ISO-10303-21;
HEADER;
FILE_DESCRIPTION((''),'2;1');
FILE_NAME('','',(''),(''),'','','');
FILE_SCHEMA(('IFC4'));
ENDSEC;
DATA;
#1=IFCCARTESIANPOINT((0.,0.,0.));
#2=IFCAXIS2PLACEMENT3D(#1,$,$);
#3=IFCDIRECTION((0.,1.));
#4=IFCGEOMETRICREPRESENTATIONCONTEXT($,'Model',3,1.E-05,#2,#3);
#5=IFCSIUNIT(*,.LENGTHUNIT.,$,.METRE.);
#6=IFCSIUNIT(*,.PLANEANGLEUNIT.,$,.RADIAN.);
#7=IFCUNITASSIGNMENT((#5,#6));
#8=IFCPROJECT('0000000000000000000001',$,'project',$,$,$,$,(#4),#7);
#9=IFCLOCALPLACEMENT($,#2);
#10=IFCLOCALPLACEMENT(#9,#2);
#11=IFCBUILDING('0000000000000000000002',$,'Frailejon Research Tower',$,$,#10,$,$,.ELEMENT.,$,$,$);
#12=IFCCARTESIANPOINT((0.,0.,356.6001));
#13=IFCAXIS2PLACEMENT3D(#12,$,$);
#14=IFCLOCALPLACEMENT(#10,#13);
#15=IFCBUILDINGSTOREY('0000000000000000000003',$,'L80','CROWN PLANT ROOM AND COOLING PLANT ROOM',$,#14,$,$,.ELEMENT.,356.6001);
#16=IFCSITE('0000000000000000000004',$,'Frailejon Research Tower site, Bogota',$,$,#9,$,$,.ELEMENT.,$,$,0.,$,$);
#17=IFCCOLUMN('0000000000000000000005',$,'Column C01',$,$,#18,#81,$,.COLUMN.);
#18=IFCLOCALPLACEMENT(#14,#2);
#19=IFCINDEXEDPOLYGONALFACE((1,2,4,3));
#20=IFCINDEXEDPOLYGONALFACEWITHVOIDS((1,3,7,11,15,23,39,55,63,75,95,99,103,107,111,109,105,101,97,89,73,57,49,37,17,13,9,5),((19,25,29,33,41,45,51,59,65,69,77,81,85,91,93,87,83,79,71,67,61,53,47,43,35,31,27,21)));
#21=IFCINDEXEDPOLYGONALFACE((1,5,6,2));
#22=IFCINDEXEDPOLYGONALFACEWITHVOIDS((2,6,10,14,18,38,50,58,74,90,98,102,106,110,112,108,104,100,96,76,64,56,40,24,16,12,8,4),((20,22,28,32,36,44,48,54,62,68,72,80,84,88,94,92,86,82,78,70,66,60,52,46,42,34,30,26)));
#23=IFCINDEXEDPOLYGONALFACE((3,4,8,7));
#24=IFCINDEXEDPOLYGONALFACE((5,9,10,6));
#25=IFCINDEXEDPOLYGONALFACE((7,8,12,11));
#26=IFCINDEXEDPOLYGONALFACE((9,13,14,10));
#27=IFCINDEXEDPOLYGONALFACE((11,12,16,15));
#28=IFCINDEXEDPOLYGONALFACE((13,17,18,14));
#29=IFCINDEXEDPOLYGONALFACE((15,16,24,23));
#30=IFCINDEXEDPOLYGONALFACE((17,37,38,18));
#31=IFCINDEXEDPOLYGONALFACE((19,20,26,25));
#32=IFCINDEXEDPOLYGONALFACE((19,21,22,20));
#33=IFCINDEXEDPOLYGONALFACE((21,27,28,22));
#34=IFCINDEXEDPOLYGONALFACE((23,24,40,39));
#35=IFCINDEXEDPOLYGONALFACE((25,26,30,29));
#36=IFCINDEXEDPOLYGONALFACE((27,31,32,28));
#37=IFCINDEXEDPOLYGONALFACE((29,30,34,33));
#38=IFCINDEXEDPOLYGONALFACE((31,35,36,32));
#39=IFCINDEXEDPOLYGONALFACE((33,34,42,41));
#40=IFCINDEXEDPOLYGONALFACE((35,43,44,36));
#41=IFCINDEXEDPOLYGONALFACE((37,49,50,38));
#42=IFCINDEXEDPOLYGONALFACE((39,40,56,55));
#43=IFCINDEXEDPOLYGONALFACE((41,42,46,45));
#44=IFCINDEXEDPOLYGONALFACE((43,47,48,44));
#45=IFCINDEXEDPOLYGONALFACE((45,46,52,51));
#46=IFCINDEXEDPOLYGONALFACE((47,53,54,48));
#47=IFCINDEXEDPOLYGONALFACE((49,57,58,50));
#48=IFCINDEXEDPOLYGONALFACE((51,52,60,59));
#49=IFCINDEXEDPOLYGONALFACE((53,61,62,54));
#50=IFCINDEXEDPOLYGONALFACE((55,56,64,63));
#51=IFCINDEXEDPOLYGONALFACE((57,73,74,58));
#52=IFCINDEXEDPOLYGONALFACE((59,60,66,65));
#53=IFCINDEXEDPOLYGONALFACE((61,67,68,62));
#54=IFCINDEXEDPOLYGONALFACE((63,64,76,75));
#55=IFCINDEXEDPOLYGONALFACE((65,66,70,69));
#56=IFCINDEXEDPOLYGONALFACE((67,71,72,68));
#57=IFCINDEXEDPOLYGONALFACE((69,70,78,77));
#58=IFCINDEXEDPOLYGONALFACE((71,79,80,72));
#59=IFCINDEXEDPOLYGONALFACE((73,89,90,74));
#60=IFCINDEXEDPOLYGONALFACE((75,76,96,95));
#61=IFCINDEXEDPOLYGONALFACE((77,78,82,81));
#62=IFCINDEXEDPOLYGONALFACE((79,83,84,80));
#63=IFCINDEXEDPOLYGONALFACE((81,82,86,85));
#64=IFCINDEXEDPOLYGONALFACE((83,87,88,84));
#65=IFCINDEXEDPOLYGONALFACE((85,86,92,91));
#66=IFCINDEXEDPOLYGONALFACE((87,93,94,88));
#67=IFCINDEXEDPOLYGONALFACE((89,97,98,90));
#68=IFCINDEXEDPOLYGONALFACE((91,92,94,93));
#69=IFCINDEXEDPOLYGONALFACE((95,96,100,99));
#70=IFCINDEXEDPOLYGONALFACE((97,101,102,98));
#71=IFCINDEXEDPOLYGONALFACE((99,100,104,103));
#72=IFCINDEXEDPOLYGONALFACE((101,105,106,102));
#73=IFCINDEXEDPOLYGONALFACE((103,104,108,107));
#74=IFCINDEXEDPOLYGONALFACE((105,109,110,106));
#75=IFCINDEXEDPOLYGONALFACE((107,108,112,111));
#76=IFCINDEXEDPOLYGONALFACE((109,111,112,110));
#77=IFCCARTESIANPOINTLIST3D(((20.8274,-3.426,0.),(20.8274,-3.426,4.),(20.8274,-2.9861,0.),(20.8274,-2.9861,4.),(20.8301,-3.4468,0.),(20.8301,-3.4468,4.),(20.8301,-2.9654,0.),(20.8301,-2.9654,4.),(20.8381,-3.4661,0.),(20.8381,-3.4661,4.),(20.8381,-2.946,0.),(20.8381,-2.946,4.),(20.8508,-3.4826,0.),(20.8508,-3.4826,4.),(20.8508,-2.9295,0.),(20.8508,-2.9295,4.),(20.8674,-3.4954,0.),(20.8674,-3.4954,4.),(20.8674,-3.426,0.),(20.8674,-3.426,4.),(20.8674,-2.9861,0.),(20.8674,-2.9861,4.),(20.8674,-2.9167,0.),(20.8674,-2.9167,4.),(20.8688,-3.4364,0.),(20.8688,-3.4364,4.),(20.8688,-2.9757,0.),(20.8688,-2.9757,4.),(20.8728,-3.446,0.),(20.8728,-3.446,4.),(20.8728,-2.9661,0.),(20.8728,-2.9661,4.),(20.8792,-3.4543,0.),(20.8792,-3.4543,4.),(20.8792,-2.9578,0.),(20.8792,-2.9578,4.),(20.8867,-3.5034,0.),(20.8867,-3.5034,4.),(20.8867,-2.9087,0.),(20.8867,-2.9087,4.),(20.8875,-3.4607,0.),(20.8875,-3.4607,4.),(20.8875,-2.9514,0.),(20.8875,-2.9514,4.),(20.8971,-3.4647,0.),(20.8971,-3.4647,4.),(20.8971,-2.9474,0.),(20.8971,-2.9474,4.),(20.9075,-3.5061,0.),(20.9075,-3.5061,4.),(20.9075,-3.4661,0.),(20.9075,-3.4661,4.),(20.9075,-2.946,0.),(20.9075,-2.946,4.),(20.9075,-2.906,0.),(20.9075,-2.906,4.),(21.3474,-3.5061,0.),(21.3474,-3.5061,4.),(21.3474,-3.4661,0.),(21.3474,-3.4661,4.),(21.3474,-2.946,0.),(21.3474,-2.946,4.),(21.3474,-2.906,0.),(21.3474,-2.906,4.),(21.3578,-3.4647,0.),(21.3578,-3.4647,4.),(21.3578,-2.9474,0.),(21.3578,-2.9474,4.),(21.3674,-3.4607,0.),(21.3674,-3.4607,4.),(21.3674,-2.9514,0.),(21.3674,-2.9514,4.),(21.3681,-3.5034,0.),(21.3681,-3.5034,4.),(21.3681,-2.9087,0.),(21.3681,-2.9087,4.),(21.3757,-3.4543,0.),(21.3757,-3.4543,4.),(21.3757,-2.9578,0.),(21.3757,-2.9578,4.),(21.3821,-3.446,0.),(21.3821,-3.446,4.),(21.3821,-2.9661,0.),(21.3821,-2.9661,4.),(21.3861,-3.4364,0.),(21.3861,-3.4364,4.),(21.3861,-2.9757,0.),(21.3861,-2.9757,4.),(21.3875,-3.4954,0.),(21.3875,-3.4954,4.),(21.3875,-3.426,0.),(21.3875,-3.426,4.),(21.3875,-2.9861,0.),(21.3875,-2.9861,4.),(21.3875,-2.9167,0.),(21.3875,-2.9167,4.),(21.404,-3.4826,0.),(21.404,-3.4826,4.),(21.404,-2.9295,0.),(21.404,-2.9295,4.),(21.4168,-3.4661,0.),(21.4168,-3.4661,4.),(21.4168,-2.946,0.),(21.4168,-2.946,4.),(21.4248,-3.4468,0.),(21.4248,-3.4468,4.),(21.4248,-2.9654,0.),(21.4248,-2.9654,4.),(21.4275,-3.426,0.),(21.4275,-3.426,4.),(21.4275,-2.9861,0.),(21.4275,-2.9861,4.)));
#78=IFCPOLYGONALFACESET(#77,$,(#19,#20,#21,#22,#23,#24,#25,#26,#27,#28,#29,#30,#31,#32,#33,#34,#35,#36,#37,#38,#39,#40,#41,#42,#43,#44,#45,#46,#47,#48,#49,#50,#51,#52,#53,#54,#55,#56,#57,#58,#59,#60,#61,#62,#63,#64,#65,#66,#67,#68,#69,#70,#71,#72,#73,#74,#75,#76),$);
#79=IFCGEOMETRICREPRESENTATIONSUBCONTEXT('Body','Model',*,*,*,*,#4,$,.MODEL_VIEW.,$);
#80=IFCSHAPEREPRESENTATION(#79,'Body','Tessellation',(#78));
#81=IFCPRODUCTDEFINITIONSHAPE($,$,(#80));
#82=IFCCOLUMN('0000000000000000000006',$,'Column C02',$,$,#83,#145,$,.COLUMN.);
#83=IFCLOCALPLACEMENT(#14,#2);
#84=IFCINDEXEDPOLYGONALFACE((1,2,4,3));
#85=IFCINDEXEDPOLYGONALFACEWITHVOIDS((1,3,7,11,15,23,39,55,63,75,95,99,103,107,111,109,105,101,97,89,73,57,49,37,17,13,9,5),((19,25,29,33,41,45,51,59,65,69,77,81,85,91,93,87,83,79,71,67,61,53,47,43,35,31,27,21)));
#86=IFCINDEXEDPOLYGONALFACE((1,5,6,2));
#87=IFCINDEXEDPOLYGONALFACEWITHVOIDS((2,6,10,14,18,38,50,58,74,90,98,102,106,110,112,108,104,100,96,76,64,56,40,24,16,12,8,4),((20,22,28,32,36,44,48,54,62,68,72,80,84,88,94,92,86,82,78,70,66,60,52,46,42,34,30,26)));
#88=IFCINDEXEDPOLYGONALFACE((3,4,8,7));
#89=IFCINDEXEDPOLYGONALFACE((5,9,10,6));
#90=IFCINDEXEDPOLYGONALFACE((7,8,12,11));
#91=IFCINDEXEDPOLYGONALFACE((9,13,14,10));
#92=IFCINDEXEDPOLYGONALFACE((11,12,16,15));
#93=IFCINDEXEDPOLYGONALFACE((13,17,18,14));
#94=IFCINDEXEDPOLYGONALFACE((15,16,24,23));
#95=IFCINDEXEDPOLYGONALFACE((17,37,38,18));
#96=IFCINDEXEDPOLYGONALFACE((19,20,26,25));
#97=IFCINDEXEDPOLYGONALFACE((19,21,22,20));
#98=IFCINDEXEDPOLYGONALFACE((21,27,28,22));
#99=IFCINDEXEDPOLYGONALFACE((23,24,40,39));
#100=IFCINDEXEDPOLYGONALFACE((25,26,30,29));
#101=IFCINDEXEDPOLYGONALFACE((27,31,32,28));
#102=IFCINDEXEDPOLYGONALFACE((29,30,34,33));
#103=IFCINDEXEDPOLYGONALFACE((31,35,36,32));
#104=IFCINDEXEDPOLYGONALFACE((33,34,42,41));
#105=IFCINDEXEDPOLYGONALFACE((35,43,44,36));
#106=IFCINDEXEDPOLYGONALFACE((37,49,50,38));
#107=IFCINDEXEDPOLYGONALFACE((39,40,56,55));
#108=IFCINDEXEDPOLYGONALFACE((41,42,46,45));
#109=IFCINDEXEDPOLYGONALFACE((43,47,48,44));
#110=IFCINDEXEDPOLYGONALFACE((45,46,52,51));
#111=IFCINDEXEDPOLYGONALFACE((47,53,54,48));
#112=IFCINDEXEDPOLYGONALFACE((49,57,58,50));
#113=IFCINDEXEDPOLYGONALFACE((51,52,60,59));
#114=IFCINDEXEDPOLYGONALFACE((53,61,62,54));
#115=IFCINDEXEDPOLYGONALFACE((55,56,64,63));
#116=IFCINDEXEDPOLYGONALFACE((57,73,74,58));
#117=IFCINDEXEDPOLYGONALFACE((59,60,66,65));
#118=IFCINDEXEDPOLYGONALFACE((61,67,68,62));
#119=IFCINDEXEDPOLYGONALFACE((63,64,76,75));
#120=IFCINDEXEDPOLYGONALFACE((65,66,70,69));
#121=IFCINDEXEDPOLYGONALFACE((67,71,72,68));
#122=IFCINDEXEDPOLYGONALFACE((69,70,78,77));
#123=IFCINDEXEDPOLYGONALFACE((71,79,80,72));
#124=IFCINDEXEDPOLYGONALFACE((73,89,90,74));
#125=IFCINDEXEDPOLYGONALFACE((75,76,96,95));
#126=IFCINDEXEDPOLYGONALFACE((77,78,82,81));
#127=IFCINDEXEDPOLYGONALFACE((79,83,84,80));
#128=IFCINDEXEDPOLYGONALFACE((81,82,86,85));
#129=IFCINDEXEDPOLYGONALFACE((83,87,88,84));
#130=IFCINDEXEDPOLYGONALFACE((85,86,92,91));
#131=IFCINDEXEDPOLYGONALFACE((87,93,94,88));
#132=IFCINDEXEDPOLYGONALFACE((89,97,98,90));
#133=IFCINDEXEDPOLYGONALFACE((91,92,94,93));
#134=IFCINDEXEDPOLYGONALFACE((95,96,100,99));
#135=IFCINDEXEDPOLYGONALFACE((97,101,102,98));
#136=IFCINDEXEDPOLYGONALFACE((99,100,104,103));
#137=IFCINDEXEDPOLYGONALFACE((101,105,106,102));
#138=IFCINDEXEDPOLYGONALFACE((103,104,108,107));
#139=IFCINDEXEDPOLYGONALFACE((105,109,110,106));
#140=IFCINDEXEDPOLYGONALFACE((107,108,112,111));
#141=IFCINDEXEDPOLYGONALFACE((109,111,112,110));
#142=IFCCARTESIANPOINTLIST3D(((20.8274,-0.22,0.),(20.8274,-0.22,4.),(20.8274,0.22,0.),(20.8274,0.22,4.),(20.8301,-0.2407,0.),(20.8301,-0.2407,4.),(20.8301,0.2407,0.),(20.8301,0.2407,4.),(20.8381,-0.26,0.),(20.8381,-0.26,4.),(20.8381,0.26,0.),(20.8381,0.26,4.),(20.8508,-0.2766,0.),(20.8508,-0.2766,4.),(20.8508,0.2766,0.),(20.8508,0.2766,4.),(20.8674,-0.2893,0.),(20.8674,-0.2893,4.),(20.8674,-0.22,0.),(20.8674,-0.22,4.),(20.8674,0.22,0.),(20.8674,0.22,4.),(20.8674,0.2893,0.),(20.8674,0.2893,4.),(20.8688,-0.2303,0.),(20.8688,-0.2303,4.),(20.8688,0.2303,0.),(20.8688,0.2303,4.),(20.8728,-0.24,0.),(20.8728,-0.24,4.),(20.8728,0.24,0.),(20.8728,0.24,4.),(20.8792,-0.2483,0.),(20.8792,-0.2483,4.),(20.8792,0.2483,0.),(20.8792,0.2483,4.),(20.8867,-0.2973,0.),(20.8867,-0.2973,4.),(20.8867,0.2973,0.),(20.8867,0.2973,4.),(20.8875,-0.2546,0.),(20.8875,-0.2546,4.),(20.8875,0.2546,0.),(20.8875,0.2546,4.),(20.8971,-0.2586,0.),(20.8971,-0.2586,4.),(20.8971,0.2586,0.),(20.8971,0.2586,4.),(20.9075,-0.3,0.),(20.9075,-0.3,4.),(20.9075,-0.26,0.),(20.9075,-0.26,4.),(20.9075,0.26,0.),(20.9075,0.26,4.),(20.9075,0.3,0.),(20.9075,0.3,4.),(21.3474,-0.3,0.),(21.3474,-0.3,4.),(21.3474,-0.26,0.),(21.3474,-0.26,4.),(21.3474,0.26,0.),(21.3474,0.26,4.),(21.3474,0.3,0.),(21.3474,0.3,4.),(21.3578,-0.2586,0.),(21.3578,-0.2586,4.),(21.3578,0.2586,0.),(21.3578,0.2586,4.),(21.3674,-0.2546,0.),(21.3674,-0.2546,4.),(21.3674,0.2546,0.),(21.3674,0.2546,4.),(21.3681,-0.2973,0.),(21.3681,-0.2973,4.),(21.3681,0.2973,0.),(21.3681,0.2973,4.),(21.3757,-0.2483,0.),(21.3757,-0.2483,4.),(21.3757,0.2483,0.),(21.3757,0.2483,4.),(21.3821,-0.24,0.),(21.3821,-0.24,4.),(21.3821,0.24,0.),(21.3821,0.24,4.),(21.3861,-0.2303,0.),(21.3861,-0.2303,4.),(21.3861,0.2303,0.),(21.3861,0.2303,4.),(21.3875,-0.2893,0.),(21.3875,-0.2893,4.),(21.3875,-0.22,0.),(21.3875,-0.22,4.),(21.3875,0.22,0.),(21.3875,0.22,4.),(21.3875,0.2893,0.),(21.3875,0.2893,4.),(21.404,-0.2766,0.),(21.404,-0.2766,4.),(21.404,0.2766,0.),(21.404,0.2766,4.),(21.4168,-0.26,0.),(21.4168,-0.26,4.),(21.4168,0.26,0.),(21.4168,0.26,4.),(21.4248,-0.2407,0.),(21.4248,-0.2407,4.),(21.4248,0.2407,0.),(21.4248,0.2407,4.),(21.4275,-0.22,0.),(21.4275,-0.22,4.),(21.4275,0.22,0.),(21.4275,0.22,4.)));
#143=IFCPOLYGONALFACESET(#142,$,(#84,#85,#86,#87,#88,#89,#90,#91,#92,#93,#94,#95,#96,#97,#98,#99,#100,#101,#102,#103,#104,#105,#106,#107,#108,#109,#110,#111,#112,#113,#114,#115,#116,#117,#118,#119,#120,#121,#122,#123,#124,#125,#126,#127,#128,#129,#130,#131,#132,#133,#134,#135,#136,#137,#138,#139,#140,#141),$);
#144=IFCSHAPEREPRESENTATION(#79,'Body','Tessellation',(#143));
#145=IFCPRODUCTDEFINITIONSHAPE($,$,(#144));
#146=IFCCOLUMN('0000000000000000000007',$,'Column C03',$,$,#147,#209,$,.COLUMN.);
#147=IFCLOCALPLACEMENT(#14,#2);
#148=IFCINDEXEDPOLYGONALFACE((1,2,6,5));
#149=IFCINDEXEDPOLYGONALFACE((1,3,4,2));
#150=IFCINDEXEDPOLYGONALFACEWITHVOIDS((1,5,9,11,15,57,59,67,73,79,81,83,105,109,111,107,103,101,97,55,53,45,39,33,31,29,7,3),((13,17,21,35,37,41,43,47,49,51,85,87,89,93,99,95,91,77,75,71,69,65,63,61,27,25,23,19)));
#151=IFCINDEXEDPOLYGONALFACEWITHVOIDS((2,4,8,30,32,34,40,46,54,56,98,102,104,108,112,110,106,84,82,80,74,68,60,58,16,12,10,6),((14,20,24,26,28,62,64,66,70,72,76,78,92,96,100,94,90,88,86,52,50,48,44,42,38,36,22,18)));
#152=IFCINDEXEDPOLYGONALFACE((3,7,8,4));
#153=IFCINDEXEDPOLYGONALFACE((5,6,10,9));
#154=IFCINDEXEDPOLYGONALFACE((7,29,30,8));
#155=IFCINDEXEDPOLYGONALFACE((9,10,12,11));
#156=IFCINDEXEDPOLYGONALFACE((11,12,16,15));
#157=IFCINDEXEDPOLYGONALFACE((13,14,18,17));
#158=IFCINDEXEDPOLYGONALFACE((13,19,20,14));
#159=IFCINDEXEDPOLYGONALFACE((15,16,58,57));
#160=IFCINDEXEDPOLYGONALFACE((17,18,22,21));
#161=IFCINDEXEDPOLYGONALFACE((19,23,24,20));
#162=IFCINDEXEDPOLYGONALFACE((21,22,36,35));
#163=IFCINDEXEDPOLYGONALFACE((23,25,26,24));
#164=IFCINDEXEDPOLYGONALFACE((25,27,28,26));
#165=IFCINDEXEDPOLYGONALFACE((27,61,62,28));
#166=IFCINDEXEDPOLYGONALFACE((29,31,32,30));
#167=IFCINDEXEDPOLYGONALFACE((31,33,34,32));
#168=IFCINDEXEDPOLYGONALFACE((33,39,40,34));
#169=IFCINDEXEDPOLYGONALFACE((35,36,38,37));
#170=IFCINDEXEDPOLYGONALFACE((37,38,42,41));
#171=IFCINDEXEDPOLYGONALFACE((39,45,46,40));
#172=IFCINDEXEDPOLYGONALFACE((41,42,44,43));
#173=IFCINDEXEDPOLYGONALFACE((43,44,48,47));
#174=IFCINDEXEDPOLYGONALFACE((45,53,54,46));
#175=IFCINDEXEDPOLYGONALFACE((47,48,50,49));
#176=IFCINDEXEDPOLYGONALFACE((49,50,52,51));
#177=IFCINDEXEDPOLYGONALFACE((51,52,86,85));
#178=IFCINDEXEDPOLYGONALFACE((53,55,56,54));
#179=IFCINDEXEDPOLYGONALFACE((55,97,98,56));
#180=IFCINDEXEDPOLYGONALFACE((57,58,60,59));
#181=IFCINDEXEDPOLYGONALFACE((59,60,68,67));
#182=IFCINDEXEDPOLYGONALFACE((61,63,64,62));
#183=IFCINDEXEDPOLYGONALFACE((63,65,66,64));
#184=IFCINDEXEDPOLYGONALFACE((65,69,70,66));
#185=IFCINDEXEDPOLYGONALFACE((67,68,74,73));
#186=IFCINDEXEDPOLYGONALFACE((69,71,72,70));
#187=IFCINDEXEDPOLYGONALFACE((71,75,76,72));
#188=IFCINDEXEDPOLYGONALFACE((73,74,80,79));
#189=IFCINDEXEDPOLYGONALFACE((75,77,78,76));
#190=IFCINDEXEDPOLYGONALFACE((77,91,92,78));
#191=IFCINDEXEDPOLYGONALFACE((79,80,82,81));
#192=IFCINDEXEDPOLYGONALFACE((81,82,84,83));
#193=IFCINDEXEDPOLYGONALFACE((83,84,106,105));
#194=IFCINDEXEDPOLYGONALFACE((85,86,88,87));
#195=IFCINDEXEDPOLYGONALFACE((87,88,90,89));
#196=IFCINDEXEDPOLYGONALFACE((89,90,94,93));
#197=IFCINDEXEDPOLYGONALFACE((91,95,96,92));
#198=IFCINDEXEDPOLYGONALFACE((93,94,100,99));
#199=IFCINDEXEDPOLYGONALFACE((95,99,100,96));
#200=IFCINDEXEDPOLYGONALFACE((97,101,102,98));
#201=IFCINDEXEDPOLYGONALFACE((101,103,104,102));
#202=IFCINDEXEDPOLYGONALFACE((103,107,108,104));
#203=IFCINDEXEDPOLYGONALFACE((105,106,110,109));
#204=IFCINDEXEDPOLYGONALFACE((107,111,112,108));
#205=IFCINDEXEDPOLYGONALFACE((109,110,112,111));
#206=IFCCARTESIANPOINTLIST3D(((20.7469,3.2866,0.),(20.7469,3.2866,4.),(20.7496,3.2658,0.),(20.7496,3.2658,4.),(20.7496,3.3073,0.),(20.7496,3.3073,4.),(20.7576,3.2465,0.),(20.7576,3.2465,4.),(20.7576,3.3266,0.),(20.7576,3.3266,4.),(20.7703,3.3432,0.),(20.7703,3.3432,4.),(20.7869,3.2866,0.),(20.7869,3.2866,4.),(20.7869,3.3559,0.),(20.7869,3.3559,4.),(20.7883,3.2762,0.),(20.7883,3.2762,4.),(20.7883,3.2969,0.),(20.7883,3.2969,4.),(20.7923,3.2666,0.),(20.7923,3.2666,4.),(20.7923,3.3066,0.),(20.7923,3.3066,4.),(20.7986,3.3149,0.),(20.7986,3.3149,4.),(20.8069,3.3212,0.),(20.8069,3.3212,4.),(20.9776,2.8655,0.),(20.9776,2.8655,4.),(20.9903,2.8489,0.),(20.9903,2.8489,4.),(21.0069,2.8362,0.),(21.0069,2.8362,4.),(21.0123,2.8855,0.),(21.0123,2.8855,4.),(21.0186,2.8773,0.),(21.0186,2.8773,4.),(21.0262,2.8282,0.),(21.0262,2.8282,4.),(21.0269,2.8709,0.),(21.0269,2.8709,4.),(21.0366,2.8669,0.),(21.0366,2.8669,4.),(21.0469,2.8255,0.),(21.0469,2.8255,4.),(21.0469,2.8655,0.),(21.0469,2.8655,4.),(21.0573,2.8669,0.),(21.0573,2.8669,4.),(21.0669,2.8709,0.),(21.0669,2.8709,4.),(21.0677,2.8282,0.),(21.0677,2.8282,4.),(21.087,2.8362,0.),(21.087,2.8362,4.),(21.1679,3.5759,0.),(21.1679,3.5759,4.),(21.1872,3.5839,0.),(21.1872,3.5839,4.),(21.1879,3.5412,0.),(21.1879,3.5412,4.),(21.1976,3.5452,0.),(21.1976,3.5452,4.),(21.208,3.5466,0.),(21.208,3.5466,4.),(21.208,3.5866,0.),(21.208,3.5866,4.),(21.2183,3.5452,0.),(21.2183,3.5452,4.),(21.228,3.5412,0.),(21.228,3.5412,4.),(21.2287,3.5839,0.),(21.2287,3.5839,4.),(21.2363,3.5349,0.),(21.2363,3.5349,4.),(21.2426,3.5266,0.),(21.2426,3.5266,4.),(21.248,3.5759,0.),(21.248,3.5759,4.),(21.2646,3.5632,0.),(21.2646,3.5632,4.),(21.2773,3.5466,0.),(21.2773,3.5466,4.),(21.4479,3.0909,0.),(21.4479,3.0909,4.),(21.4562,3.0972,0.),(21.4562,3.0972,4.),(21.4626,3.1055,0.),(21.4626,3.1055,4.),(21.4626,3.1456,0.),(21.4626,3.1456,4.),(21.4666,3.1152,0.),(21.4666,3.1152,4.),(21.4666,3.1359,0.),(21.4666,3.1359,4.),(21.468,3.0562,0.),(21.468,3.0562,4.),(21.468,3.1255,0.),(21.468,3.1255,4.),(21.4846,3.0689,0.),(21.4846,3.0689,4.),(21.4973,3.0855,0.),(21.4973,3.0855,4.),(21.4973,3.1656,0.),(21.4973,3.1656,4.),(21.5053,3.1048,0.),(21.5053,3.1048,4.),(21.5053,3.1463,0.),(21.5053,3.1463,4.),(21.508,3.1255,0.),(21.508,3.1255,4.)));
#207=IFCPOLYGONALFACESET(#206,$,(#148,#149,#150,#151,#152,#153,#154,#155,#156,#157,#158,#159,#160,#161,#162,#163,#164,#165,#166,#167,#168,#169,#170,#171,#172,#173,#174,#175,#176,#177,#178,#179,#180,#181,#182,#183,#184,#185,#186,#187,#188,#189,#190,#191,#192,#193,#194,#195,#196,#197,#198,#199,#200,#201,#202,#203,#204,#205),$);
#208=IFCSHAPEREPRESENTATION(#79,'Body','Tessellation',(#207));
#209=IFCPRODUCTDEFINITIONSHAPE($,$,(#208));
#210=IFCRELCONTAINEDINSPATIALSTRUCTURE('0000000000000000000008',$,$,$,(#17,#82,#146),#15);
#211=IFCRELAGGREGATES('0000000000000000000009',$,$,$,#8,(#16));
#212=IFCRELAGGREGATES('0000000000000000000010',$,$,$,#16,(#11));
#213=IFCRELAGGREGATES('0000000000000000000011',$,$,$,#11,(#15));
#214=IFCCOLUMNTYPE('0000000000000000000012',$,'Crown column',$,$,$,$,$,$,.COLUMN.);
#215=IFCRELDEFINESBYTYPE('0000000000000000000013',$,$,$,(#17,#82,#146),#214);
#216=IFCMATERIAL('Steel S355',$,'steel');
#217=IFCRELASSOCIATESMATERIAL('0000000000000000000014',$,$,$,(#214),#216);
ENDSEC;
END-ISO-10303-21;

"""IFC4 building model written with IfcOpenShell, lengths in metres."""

from ifc_helpers import new_model, si_unit, direction, frame, origin, origin_2d, place, context, subcontext, project, spatial, hollow_rectangle, extrude, material, material_profile, profile_set, type_object, element, save


model = new_model("IFC4")

# Units and contexts
model_context = context("Model", 3, precision=1e-05, world=origin(), true_north=direction((0.0, 1.0)))
body_context = subcontext(model_context, "Body", "Model", "MODEL_VIEW")
ifc_project = project(units=[si_unit("LENGTHUNIT", "METRE"), si_unit("PLANEANGLEUNIT", "RADIAN")], contexts=[model_context])

# Site, building, storey
site_placement = place(None, origin())
site = spatial("IfcSite", under=ifc_project, at=site_placement, Name="Frailejon Research Tower site, Bogota", CompositionType="ELEMENT", RefElevation=0.0)
building_placement = place(site_placement, origin())
building = spatial("IfcBuilding", under=site, at=building_placement, Name="Frailejon Research Tower", CompositionType="ELEMENT")
storey_placement = place(building_placement, frame((0.0, 0.0, 356.6001)))
storey = spatial("IfcBuildingStorey", under=building, at=storey_placement, Name="L80", Description="CROWN PLANT ROOM AND COOLING PLANT ROOM", CompositionType="ELEMENT", Elevation=356.6001)

# Columns
ifc_material_1 = material(Name="Steel S355", Category="steel")
ifc_material_profile_1 = material_profile(ifc_material_1, hollow_rectangle(XDim=0.6001, YDim=0.6001, WallThickness=0.04, InnerFilletRadius=0.04, OuterFilletRadius=0.0801, at=origin_2d()), Name="Crown column")
ifc_profile_set_1 = profile_set([ifc_material_profile_1], Name="Steel S355")
column_type = type_object("IfcColumnType", Name="Crown column", PredefinedType="COLUMN", material=ifc_profile_set_1)
for number, where, z_axis, x_axis, name in (
    (1, (21.1274, -3.2061, 0.0), (0.0, 0.0, 1.0), (0.0, 1.0, 0.0), "Column C01"),
    (2, (21.1274, 0.0, 0.0), (0.0, 0.0, 1.0), (0.0, 1.0, 0.0), "Column C02"),
    (3, (21.1274, 3.2061, 0.0), (0.0, 0.0, 1.0), (-0.5, 0.866025, 0.0), "Column C03"),
):
    element("IfcColumn", number, at=place(storey_placement, frame(where, z_axis=z_axis, x_axis=x_axis)), inside=storey, type_object=column_type, Name=name, PredefinedType="COLUMN", context=body_context, shape_type="SweptSolid", body=[
        extrude(hollow_rectangle(XDim=0.6001, YDim=0.6001, WallThickness=0.04, InnerFilletRadius=0.04, OuterFilletRadius=0.0801, at=origin_2d()), origin(), (0.0, 0.0, 1.0), 4.0),
    ])

save(model, "model.ifc")
